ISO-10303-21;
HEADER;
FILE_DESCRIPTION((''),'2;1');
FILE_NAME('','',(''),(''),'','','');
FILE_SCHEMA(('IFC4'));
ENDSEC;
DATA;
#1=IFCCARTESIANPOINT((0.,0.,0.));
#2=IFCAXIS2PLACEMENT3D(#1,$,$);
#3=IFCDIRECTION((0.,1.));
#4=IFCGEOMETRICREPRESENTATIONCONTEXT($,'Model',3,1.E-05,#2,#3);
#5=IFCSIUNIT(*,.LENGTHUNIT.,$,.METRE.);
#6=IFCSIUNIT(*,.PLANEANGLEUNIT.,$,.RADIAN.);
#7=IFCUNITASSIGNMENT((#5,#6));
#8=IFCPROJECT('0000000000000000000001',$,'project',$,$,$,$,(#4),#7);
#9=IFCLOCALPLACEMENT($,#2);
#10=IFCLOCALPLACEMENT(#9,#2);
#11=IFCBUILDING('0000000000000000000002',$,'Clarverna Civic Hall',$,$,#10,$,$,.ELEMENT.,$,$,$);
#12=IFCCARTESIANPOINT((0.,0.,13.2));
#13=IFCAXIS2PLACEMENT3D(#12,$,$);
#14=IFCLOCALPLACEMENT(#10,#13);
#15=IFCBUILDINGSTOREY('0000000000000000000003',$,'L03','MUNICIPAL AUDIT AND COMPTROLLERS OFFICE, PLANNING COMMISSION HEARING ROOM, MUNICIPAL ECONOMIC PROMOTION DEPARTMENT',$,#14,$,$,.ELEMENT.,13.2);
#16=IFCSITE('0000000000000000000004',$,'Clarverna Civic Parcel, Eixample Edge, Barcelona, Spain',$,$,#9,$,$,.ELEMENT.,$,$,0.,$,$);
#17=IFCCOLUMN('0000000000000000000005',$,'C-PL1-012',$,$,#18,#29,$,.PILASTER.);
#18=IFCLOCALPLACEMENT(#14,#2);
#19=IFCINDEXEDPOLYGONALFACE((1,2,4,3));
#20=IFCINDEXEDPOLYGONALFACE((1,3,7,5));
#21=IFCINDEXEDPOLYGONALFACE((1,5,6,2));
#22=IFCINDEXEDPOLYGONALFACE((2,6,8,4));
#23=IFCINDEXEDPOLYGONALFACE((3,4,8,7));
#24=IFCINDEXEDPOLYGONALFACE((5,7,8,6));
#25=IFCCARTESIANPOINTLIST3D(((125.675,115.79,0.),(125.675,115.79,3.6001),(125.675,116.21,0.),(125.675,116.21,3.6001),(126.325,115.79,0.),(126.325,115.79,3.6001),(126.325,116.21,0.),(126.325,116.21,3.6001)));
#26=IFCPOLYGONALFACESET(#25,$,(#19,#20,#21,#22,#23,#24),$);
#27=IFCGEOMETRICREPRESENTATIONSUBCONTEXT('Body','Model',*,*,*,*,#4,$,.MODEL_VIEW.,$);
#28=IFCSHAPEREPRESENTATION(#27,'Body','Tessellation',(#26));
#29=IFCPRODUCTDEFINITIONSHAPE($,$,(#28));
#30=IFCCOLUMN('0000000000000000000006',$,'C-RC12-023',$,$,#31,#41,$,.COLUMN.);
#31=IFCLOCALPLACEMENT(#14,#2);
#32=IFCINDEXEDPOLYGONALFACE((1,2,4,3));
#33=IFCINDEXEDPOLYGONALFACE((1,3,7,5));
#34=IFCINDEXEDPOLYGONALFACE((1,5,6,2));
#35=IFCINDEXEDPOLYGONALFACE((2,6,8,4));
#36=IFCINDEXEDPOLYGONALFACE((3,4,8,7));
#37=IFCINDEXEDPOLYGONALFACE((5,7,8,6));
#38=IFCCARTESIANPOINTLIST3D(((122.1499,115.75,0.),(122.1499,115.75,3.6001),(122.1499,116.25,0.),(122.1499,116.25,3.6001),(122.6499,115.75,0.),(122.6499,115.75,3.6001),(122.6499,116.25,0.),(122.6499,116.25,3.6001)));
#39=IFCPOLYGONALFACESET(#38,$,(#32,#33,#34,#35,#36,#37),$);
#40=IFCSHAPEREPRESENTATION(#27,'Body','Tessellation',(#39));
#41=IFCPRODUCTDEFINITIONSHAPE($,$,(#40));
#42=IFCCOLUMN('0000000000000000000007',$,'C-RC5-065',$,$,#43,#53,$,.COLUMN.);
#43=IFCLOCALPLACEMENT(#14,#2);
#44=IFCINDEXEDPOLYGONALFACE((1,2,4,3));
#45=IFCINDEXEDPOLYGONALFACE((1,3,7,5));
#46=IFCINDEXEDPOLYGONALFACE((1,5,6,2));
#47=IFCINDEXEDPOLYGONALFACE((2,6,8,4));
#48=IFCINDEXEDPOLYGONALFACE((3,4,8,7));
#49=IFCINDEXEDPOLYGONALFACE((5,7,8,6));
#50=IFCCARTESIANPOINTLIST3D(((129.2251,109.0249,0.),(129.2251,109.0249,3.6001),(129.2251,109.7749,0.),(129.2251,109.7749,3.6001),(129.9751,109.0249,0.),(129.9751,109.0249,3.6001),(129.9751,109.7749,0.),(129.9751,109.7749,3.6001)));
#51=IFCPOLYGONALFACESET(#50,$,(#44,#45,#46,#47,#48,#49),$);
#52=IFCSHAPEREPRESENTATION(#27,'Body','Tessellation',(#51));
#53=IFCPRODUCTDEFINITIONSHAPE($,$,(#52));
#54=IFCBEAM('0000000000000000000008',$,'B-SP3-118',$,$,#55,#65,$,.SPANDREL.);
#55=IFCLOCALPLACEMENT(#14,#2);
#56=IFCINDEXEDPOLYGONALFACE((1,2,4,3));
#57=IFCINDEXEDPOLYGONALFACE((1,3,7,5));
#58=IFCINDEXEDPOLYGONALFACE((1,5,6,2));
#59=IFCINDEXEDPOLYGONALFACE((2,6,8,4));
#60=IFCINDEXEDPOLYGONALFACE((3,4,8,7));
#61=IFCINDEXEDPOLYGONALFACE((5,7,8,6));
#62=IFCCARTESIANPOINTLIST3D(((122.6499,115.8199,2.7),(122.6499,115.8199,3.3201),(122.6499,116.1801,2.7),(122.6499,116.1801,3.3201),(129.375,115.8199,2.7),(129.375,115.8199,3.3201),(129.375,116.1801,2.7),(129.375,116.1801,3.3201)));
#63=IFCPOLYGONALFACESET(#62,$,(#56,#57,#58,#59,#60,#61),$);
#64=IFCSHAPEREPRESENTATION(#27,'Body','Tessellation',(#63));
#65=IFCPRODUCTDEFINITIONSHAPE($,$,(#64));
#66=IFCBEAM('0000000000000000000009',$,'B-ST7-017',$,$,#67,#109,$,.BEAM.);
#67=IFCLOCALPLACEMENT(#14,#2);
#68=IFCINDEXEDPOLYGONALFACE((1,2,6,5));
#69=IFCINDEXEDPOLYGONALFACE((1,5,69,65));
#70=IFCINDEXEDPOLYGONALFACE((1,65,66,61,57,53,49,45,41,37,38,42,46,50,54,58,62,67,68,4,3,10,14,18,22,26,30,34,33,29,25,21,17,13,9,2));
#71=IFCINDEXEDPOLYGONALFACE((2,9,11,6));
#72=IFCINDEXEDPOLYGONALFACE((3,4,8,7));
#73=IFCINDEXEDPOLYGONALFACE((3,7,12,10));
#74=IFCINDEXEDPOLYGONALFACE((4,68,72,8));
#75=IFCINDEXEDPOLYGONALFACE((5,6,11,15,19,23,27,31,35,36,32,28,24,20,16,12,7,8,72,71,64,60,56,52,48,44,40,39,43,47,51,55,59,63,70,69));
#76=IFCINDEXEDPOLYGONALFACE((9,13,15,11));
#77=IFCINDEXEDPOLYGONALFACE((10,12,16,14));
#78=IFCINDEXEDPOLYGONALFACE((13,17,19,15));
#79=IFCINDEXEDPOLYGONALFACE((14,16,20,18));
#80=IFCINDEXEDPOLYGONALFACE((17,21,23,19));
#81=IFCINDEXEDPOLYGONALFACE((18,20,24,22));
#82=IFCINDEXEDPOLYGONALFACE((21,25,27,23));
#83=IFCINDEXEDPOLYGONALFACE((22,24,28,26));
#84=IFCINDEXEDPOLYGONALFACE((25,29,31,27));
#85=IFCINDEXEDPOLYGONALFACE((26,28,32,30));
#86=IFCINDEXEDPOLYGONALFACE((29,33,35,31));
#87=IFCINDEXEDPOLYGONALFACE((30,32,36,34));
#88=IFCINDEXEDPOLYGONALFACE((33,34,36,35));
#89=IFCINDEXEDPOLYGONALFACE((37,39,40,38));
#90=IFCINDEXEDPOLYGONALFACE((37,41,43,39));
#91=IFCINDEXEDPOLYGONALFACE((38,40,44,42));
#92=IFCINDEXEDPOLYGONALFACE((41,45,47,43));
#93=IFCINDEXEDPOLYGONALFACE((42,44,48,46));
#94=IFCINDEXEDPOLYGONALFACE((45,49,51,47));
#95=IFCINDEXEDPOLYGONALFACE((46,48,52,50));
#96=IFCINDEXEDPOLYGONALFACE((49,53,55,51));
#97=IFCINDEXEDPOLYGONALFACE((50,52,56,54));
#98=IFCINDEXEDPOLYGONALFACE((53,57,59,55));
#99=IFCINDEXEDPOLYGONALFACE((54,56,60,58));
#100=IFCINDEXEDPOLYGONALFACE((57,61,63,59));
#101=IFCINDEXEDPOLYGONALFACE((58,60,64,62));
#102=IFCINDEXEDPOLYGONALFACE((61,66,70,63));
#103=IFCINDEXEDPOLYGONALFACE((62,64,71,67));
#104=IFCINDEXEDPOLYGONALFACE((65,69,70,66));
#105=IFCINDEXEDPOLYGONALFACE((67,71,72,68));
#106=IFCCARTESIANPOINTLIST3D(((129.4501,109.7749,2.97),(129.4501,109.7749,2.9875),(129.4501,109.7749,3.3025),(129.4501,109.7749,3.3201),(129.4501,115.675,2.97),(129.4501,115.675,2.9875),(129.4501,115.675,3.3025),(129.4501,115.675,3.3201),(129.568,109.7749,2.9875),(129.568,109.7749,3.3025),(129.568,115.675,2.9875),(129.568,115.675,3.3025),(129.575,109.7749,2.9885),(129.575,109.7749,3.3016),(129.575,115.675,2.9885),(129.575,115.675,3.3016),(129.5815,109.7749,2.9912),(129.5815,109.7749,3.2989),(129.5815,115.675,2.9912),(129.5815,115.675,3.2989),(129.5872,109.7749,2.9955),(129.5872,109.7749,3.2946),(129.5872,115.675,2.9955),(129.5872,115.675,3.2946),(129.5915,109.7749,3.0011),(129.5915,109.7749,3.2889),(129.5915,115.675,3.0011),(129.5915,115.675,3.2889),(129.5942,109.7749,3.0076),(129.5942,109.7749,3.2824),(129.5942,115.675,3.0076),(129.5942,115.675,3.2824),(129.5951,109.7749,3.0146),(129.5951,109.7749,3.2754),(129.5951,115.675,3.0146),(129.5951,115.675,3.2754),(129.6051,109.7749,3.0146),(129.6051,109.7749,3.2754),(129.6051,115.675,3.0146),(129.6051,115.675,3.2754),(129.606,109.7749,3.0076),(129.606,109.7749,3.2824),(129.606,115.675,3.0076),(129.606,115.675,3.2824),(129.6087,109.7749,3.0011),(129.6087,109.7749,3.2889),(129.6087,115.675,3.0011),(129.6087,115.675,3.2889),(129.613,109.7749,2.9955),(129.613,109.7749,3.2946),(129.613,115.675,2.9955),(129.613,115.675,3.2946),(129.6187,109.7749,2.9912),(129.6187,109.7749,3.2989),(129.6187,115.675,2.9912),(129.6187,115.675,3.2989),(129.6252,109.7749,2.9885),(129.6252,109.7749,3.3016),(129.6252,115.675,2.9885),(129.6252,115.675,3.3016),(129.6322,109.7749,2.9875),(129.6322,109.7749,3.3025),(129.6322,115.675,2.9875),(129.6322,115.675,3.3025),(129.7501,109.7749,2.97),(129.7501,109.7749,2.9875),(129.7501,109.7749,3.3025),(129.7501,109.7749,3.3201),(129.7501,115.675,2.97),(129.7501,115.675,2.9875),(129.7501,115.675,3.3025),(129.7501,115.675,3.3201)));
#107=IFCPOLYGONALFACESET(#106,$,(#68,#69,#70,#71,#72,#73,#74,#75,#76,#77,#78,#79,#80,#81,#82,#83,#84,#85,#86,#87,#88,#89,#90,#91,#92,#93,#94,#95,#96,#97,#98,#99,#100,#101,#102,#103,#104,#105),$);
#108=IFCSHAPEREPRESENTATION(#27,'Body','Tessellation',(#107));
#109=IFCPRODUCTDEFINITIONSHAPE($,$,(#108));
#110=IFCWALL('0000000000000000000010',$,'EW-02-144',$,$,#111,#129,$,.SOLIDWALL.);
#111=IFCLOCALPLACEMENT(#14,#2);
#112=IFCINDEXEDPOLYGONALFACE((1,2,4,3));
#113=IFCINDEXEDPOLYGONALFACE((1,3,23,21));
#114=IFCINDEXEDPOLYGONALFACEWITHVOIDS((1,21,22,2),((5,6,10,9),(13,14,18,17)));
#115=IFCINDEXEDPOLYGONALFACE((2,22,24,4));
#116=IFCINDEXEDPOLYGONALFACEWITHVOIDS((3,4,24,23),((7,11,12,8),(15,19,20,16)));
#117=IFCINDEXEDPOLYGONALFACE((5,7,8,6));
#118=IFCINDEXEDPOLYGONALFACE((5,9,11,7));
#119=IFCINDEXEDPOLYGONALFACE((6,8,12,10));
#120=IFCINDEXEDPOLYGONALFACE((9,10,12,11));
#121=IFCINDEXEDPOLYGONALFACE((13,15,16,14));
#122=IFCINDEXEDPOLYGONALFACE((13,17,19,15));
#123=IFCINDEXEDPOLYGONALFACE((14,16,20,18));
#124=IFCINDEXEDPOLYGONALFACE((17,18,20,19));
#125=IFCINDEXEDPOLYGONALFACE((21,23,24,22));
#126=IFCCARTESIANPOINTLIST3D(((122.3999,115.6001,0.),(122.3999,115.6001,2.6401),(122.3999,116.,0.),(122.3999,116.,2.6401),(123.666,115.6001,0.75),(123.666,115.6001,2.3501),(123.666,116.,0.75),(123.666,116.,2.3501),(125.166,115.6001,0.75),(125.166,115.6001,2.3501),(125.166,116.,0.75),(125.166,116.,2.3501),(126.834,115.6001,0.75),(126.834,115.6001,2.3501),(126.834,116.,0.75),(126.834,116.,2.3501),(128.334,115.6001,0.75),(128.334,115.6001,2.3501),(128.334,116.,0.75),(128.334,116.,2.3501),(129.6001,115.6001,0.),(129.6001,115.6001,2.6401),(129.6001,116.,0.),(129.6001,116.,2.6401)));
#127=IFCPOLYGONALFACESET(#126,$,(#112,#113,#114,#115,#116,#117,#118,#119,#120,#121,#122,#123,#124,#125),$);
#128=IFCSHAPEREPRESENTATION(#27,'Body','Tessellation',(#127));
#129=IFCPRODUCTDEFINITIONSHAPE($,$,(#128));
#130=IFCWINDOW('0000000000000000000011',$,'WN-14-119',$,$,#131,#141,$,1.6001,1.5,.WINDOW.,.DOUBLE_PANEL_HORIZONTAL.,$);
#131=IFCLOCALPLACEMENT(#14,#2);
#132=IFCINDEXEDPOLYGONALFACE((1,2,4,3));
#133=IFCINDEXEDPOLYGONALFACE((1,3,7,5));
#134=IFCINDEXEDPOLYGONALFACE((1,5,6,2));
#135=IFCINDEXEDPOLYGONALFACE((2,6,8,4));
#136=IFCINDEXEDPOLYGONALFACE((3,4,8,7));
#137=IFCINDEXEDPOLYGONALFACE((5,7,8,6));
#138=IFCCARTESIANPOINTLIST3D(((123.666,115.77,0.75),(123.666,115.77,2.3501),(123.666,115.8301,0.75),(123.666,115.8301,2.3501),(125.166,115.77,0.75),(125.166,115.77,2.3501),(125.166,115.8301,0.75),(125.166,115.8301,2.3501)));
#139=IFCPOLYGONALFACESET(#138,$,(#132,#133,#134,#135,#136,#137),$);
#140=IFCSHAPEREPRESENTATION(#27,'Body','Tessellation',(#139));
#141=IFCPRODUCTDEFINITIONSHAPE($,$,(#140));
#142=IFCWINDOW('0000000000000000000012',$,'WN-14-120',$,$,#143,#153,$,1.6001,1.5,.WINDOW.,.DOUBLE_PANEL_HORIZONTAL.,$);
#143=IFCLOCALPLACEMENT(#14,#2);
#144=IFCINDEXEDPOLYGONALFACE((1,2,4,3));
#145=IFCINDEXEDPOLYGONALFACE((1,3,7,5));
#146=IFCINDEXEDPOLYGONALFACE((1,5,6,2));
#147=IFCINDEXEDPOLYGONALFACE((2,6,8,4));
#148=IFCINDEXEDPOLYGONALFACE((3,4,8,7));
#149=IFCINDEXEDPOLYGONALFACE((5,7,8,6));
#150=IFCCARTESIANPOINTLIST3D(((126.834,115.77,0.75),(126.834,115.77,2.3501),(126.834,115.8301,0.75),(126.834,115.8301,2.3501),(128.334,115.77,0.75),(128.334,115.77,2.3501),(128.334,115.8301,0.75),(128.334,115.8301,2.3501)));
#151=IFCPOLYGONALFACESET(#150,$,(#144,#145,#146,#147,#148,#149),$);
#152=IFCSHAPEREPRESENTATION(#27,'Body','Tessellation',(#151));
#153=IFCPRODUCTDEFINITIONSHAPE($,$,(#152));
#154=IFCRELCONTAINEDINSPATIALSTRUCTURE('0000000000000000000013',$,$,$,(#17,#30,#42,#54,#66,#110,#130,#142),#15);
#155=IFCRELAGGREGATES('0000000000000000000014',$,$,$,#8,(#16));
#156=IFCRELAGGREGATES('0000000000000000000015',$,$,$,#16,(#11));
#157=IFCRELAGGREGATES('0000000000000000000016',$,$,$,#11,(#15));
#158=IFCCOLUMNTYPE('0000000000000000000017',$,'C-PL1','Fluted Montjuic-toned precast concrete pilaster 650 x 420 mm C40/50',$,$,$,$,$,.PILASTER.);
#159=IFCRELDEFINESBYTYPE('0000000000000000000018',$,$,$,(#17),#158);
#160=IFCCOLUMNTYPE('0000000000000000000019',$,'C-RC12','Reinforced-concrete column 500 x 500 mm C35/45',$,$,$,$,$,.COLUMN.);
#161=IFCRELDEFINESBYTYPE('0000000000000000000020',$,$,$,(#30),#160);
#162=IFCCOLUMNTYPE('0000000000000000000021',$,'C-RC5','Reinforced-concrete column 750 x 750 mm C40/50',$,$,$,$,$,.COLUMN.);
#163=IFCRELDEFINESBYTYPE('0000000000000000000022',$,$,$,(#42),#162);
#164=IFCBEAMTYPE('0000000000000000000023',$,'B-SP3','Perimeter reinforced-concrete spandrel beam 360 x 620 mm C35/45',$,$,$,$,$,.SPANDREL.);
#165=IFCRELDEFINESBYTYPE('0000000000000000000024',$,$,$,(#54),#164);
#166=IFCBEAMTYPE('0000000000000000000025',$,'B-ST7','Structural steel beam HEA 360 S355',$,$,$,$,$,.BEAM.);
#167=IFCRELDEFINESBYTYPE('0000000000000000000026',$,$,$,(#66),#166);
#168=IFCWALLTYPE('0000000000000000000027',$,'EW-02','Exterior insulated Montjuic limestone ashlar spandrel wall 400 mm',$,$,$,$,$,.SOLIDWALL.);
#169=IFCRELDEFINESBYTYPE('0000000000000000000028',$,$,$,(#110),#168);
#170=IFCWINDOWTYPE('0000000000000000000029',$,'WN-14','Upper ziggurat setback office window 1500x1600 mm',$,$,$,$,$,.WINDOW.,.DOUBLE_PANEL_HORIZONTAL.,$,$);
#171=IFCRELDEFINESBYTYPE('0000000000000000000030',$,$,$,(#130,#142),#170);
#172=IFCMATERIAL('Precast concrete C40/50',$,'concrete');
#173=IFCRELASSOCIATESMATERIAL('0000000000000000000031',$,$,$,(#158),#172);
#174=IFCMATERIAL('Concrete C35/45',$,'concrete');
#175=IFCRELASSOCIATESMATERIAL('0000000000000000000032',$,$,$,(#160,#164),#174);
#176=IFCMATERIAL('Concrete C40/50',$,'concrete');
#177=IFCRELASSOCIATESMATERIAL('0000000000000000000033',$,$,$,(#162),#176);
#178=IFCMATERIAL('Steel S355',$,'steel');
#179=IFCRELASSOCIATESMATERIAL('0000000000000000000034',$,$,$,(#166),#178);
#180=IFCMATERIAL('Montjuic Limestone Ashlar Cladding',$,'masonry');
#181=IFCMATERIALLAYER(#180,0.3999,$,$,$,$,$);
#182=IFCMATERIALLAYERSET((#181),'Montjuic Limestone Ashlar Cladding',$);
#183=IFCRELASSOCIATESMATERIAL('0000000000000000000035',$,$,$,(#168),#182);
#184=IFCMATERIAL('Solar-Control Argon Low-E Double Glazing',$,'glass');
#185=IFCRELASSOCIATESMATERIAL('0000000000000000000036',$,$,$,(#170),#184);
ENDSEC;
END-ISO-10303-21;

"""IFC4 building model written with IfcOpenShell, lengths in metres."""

from ifc_helpers import new_model, si_unit, direction, frame, frame_2d, origin, origin_2d, place, context, subcontext, project, spatial, rectangle, i_section, extrude, material, layer, layer_set, material_profile, profile_set, type_object, element, fill, save


model = new_model("IFC4")

# Units and contexts
model_context = context("Model", 3, precision=1e-05, world=origin(), true_north=direction((0.0, 1.0)))
body_context = subcontext(model_context, "Body", "Model", "MODEL_VIEW")
ifc_project = project(units=[si_unit("LENGTHUNIT", "METRE"), si_unit("PLANEANGLEUNIT", "RADIAN")], contexts=[model_context])

# Site, building, storey
site_placement = place(None, origin())
site = spatial("IfcSite", under=ifc_project, at=site_placement, Name="Clarverna Civic Parcel, Eixample Edge, Barcelona, Spain", CompositionType="ELEMENT", RefElevation=0.0)
building_placement = place(site_placement, origin())
building = spatial("IfcBuilding", under=site, at=building_placement, Name="Clarverna Civic Hall", CompositionType="ELEMENT")
storey_placement = place(building_placement, frame((0.0, 0.0, 13.2)))
storey = spatial("IfcBuildingStorey", under=building, at=storey_placement, Name="L03", Description="MUNICIPAL AUDIT AND COMPTROLLERS OFFICE, PLANNING COMMISSION HEARING ROOM, MUNICIPAL ECONOMIC PROMOTION DEPARTMENT", CompositionType="ELEMENT", Elevation=13.2)

# Columns
ifc_material_1 = material(Name="Precast concrete C40/50", Category="concrete")
ifc_material_profile_1 = material_profile(ifc_material_1, rectangle(XDim=0.6499, YDim=0.4199, at=origin_2d()), Name="PILASTER 650x420")
ifc_profile_set_1 = profile_set([ifc_material_profile_1], Name="Precast concrete C40/50")
column_type_1 = type_object("IfcColumnType", Name="C-PL1", Description="Fluted Montjuic-toned precast concrete pilaster 650 x 420 mm C40/50", PredefinedType="PILASTER", material=ifc_profile_set_1)
column_1_placement = place(storey_placement, frame((126.0, 116.0, 0.0), z_axis=(0.0, 0.0, 1.0), x_axis=(1.0, 0.0, 0.0)))
element("IfcColumn", 1, at=column_1_placement, inside=storey, type_object=column_type_1, Name="C-PL1-012", PredefinedType="PILASTER", context=body_context, shape_type="SweptSolid", body=[
    extrude(rectangle(XDim=0.6499, YDim=0.4199, at=origin_2d()), origin(), (0.0, 0.0, 1.0), 3.6001),
])
ifc_material_2 = material(Name="Concrete C35/45", Category="concrete")
ifc_material_profile_2 = material_profile(ifc_material_2, rectangle(XDim=0.5, YDim=0.5, at=origin_2d()), Name="RC 500x500")
ifc_profile_set_2 = profile_set([ifc_material_profile_2], Name="Concrete C35/45")
column_type_2 = type_object("IfcColumnType", Name="C-RC12", Description="Reinforced-concrete column 500 x 500 mm C35/45", PredefinedType="COLUMN", material=ifc_profile_set_2)
column_2_placement = place(storey_placement, frame((122.3999, 116.0, 0.0), z_axis=(0.0, 0.0, 1.0), x_axis=(1.0, 0.0, 0.0)))
element("IfcColumn", 2, at=column_2_placement, inside=storey, type_object=column_type_2, Name="C-RC12-023", PredefinedType="COLUMN", context=body_context, shape_type="SweptSolid", body=[
    extrude(rectangle(XDim=0.5, YDim=0.5, at=origin_2d()), origin(), (0.0, 0.0, 1.0), 3.6001),
])
ifc_material_3 = material(Name="Concrete C40/50", Category="concrete")
ifc_material_profile_3 = material_profile(ifc_material_3, rectangle(XDim=0.75, YDim=0.75, at=origin_2d()), Name="RC 750x750")
ifc_profile_set_3 = profile_set([ifc_material_profile_3], Name="Concrete C40/50")
column_type_3 = type_object("IfcColumnType", Name="C-RC5", Description="Reinforced-concrete column 750 x 750 mm C40/50", PredefinedType="COLUMN", material=ifc_profile_set_3)
column_3_placement = place(storey_placement, frame((129.6001, 109.3999, 0.0), z_axis=(0.0, 0.0, 1.0), x_axis=(1.0, 0.0, 0.0)))
element("IfcColumn", 3, at=column_3_placement, inside=storey, type_object=column_type_3, Name="C-RC5-065", PredefinedType="COLUMN", context=body_context, shape_type="SweptSolid", body=[
    extrude(rectangle(XDim=0.75, YDim=0.75, at=origin_2d()), origin(), (0.0, 0.0, 1.0), 3.6001),
])

# Beams
ifc_material_profile_4 = material_profile(ifc_material_2, rectangle(XDim=0.3601, YDim=0.6201, at=origin_2d()), Name="RC 360x620")
ifc_profile_set_4 = profile_set([ifc_material_profile_4], Name="Concrete C35/45")
beam_type_1 = type_object("IfcBeamType", Name="B-SP3", Description="Perimeter reinforced-concrete spandrel beam 360 x 620 mm C35/45", PredefinedType="SPANDREL", material=ifc_profile_set_4)
beam_1_placement = place(storey_placement, frame((122.6499, 116.0, 3.01), z_axis=(1.0, 0.0, 0.0), x_axis=(0.0, 1.0, 0.0)))
element("IfcBeam", 4, at=beam_1_placement, inside=storey, type_object=beam_type_1, Name="B-SP3-118", PredefinedType="SPANDREL", context=body_context, shape_type="SweptSolid", body=[
    extrude(rectangle(XDim=0.3601, YDim=0.6201, at=origin_2d()), origin(), (0.0, 0.0, 1.0), 6.7251),
])
ifc_material_4 = material(Name="Steel S355", Category="steel")
ifc_material_profile_5 = material_profile(ifc_material_4, i_section(OverallWidth=0.3, OverallDepth=0.3501, WebThickness=0.01, FlangeThickness=0.0176, FilletRadius=0.0271, at=origin_2d()), Name="HEA 360")
ifc_profile_set_5 = profile_set([ifc_material_profile_5], Name="Steel S355")
beam_type_2 = type_object("IfcBeamType", Name="B-ST7", Description="Structural steel beam HEA 360 S355", PredefinedType="BEAM", material=ifc_profile_set_5)
beam_2_placement = place(storey_placement, frame((129.6001, 109.7749, 3.145), z_axis=(0.0, 1.0, 0.0), x_axis=(-1.0, 0.0, 0.0)))
element("IfcBeam", 5, at=beam_2_placement, inside=storey, type_object=beam_type_2, Name="B-ST7-017", PredefinedType="BEAM", context=body_context, shape_type="SweptSolid", body=[
    extrude(i_section(OverallWidth=0.3, OverallDepth=0.3501, WebThickness=0.01, FlangeThickness=0.0176, FilletRadius=0.0271, at=origin_2d()), origin(), (0.0, 0.0, 1.0), 5.9001),
])

# Wall, openings, windows
ifc_material_5 = material(Name="Montjuic Limestone Ashlar Cladding", Category="masonry")
ifc_layer_1 = layer(ifc_material_5, 0.3999)
ifc_layer_set_1 = layer_set([ifc_layer_1], Name="Montjuic Limestone Ashlar Cladding")
wall_type_1 = type_object("IfcWallType", Name="EW-02", Description="Exterior insulated Montjuic limestone ashlar spandrel wall 400 mm", PredefinedType="SOLIDWALL", material=ifc_layer_set_1)
wall_1_placement = place(storey_placement, frame((122.3999, 115.8, 0.0), z_axis=(0.0, 0.0, 1.0), x_axis=(1.0, 0.0, 0.0)))
wall_1 = element("IfcWall", 6, at=wall_1_placement, inside=storey, type_object=wall_type_1, Name="EW-02-144", PredefinedType="SOLIDWALL", context=body_context, shape_type="SweptSolid", body=[
    extrude(rectangle(XDim=7.2002, YDim=0.3999, at=frame_2d((3.6001, 0.0))), origin(), (0.0, 0.0, 1.0), 2.6401),
])
opening_1_placement = place(wall_1_placement, frame((1.2661, 0.0, 0.75)))
opening_1 = element("IfcOpeningElement", 7, at=opening_1_placement, cuts=wall_1, PredefinedType="OPENING", context=body_context, shape_type="SweptSolid", body=[
    extrude(rectangle(XDim=1.5, YDim=1.6001, at=frame_2d((0.75, 0.8))), frame((0.0, 0.21, 0.0), z_axis=(0.0, -1.0, 0.0), x_axis=(1.0, 0.0, 0.0)), (0.0, 0.0, 1.0), 0.4199),
])
opening_2_placement = place(wall_1_placement, frame((4.4341, 0.0, 0.75)))
opening_2 = element("IfcOpeningElement", 8, at=opening_2_placement, cuts=wall_1, PredefinedType="OPENING", context=body_context, shape_type="SweptSolid", body=[
    extrude(rectangle(XDim=1.5, YDim=1.6001, at=frame_2d((0.75, 0.8))), frame((0.0, 0.21, 0.0), z_axis=(0.0, -1.0, 0.0), x_axis=(1.0, 0.0, 0.0)), (0.0, 0.0, 1.0), 0.4199),
])
ifc_material_6 = material(Name="Solar-Control Argon Low-E Double Glazing", Category="glass")
window_type = type_object("IfcWindowType", Name="WN-14", Description="Upper ziggurat setback office window 1500x1600 mm", PartitioningType="DOUBLE_PANEL_HORIZONTAL", PredefinedType="WINDOW", material=ifc_material_6)
window_1_placement = place(opening_1_placement, origin())
window_1 = element("IfcWindow", 9, at=window_1_placement, inside=storey, type_object=window_type, Name="WN-14-119", OverallHeight=1.6001, OverallWidth=1.5, PartitioningType="DOUBLE_PANEL_HORIZONTAL", PredefinedType="WINDOW", context=body_context, shape_type="SweptSolid", body=[
    extrude(rectangle(XDim=1.5, YDim=1.6001, at=frame_2d((0.75, 0.8))), frame((0.0, 0.03, 0.0), z_axis=(0.0, -1.0, 0.0), x_axis=(1.0, 0.0, 0.0)), (0.0, 0.0, 1.0), 0.0601),
])
fill(opening_1, window_1)
window_2_placement = place(opening_2_placement, origin())
window_2 = element("IfcWindow", 10, at=window_2_placement, inside=storey, type_object=window_type, Name="WN-14-120", OverallHeight=1.6001, OverallWidth=1.5, PartitioningType="DOUBLE_PANEL_HORIZONTAL", PredefinedType="WINDOW", context=body_context, shape_type="SweptSolid", body=[
    extrude(rectangle(XDim=1.5, YDim=1.6001, at=frame_2d((0.75, 0.8))), frame((0.0, 0.03, 0.0), z_axis=(0.0, -1.0, 0.0), x_axis=(1.0, 0.0, 0.0)), (0.0, 0.0, 1.0), 0.0601),
])
fill(opening_2, window_2)

save(model, "model.ifc")
